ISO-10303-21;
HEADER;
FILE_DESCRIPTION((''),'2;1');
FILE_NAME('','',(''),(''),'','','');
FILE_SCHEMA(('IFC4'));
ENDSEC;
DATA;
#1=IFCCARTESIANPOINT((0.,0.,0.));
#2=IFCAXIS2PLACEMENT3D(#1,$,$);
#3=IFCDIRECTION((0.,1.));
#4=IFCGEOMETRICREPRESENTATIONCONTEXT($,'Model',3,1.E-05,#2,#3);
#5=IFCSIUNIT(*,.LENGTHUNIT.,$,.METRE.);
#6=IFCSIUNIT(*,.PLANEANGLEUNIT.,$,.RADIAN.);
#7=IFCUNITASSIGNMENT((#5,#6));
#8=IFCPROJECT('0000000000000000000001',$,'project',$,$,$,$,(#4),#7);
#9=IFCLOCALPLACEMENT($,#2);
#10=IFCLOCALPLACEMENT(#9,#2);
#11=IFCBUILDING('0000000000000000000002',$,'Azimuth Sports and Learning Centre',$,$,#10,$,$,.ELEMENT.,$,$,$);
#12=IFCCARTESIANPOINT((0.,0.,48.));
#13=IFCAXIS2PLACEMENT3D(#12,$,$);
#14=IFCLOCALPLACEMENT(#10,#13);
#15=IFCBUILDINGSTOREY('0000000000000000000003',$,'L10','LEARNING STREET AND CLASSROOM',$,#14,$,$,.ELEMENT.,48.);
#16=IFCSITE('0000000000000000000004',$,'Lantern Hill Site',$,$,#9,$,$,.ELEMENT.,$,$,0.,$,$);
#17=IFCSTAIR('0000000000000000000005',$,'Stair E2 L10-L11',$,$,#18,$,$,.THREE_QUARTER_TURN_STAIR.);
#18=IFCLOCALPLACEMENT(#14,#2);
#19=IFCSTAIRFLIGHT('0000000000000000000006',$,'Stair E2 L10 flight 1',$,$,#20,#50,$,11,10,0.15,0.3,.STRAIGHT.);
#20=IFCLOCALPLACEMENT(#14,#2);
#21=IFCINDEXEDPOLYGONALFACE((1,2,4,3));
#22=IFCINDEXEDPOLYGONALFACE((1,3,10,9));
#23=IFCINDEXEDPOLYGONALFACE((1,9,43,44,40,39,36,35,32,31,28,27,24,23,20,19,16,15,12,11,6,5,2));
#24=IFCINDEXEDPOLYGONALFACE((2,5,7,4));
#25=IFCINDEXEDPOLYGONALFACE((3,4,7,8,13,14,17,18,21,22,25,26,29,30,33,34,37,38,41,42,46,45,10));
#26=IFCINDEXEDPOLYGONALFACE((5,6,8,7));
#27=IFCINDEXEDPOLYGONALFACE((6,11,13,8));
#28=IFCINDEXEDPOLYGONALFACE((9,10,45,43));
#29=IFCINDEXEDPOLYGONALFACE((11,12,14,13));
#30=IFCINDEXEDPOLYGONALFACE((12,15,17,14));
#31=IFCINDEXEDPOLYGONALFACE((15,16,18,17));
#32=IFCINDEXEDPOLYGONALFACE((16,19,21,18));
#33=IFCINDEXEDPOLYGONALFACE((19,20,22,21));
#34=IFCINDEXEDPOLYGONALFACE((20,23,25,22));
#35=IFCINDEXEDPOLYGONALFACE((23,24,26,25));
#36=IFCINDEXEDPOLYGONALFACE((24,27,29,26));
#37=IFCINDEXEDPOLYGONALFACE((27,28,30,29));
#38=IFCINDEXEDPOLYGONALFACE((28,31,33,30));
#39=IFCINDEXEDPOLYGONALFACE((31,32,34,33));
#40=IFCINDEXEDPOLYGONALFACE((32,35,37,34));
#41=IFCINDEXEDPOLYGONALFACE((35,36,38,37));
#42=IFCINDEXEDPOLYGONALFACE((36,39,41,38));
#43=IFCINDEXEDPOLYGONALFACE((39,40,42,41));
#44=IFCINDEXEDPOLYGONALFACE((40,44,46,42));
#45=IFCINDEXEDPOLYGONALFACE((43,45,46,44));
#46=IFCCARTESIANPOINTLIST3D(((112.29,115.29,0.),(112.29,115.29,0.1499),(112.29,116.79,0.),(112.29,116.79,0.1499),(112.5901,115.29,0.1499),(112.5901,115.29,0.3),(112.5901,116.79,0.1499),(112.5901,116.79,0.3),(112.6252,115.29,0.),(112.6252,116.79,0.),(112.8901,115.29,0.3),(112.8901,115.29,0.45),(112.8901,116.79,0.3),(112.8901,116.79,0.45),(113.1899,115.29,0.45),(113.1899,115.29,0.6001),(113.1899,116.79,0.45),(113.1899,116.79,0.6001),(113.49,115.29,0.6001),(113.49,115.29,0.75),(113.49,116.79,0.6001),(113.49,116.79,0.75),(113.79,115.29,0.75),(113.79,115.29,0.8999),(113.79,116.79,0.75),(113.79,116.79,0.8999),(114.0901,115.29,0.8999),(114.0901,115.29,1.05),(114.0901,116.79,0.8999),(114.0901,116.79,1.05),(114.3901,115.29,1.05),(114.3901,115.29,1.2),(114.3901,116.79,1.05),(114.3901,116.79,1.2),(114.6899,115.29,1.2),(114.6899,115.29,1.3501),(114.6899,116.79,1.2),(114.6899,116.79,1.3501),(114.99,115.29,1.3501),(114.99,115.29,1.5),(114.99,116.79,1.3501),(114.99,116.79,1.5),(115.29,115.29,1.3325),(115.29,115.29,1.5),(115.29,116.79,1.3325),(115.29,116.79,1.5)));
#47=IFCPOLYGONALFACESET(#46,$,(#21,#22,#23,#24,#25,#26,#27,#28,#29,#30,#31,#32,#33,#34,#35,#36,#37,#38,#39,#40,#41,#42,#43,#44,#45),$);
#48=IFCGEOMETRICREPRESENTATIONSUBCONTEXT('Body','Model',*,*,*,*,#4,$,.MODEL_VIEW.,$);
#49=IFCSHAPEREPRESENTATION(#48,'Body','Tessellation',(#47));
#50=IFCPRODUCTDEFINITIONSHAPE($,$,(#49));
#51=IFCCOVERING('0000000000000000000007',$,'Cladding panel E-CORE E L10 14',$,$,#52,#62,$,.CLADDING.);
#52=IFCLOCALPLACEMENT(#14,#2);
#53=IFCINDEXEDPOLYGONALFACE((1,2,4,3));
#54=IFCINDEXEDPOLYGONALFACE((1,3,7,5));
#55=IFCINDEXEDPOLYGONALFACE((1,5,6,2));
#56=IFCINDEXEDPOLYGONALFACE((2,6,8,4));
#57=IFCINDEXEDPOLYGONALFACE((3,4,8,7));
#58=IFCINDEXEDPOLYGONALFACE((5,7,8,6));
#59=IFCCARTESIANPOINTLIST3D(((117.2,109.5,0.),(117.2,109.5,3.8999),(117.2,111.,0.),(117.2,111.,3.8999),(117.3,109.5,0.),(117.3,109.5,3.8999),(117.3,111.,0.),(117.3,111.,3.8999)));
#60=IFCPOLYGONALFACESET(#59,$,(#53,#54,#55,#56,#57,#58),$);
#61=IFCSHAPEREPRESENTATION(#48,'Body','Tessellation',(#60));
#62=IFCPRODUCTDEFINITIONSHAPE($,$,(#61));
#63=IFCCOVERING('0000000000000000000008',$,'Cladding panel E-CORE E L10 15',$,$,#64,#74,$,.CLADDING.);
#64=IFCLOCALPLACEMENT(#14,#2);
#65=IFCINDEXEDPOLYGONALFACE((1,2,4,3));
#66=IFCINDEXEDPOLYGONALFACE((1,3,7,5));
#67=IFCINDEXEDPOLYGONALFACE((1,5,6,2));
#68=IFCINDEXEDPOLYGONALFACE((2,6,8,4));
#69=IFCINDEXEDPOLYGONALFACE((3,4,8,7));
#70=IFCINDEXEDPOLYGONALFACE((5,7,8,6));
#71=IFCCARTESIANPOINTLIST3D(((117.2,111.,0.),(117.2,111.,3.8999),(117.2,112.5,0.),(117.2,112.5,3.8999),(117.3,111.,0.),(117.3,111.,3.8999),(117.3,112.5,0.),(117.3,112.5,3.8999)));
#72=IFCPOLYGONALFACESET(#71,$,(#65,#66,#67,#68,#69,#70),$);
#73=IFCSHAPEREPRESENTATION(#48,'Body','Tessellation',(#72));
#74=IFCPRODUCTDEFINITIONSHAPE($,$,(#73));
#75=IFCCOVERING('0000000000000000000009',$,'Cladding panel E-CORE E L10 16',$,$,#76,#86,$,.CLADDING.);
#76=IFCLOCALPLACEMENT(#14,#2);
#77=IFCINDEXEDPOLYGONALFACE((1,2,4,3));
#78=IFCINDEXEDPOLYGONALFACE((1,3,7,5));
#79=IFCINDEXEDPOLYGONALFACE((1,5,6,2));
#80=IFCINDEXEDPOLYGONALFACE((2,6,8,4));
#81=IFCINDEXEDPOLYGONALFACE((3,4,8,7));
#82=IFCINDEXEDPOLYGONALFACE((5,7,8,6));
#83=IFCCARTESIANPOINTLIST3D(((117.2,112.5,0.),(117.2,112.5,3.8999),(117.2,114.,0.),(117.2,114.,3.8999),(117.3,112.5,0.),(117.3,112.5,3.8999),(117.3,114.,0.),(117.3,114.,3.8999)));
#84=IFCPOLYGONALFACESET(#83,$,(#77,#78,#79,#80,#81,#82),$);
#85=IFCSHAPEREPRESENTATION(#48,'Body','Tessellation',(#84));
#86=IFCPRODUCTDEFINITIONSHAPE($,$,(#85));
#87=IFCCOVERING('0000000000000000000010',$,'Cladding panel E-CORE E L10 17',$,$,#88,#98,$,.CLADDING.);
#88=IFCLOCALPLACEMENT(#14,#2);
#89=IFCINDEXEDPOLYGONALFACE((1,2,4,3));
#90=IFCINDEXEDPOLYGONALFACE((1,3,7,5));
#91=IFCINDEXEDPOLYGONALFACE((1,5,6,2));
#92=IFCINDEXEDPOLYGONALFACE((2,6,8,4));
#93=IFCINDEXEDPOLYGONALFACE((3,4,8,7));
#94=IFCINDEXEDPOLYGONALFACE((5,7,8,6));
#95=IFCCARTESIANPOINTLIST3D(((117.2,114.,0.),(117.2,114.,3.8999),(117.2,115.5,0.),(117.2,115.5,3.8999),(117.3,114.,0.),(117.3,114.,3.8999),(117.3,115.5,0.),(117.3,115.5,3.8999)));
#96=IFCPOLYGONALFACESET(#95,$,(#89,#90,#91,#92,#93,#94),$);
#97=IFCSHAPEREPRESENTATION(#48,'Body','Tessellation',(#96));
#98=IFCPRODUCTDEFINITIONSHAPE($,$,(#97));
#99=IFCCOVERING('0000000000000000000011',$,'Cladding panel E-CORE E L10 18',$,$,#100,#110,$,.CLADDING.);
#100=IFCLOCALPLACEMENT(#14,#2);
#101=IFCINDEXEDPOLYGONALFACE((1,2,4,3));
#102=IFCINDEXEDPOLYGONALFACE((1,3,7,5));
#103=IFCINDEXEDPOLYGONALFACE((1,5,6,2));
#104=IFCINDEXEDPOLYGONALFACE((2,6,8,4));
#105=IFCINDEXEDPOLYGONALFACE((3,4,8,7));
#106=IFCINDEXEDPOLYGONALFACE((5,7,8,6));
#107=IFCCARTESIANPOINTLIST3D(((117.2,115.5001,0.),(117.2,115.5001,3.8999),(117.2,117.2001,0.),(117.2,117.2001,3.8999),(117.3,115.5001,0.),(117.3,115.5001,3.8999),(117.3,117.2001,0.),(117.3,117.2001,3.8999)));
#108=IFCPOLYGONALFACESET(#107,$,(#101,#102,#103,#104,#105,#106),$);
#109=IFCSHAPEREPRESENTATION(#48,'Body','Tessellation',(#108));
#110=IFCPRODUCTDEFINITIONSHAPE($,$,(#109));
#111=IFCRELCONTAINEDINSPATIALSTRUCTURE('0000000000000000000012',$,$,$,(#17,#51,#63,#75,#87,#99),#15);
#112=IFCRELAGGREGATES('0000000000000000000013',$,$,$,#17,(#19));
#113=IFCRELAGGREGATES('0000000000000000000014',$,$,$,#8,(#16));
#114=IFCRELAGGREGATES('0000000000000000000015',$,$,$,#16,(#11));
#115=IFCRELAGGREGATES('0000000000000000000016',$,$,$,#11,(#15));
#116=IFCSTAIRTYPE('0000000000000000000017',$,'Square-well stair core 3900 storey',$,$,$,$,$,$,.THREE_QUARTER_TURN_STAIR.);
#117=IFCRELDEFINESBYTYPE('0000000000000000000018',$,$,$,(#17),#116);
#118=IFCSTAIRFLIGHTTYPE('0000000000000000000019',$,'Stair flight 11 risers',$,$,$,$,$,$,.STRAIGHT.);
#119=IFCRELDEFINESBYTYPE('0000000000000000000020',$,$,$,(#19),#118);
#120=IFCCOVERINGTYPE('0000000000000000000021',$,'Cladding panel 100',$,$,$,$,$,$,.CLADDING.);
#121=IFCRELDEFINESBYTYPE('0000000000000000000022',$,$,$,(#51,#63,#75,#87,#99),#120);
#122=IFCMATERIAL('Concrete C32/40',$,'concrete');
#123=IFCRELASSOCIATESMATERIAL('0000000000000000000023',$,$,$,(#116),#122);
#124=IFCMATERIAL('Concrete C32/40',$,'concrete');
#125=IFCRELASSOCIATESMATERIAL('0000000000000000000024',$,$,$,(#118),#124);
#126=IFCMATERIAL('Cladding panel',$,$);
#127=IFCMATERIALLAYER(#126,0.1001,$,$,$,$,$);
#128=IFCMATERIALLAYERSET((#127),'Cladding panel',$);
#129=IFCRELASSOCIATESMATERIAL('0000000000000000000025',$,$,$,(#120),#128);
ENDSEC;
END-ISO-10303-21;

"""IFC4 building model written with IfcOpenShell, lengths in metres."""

from ifc_helpers import new_model, si_unit, direction, frame, origin, origin_2d, place, context, subcontext, project, spatial, polyline, rectangle, outline, extrude, material, layer, layer_set, type_object, element, aggregate, save


model = new_model("IFC4")

# Units and contexts
model_context = context("Model", 3, precision=1e-05, world=origin(), true_north=direction((0.0, 1.0)))
body_context = subcontext(model_context, "Body", "Model", "MODEL_VIEW")
ifc_project = project(units=[si_unit("LENGTHUNIT", "METRE"), si_unit("PLANEANGLEUNIT", "RADIAN")], contexts=[model_context])

# Site, building, storey
site_placement = place(None, origin())
site = spatial("IfcSite", under=ifc_project, at=site_placement, Name="Lantern Hill Site", CompositionType="ELEMENT", RefElevation=0.0)
building_placement = place(site_placement, origin())
building = spatial("IfcBuilding", under=site, at=building_placement, Name="Azimuth Sports and Learning Centre", CompositionType="ELEMENT")
storey_placement = place(building_placement, frame((0.0, 0.0, 48.0)))
storey = spatial("IfcBuildingStorey", under=building, at=storey_placement, Name="L10", Description="LEARNING STREET AND CLASSROOM", CompositionType="ELEMENT", Elevation=48.0)

# Stair, stair flight
ifc_material_1 = material(Name="Concrete C32/40", Category="concrete")
stair_type = type_object("IfcStairType", Name="Square-well stair core 3900 storey", PredefinedType="THREE_QUARTER_TURN_STAIR", material=ifc_material_1)
stair_placement = place(storey_placement, origin())
stair = element("IfcStair", 1, at=stair_placement, inside=storey, type_object=stair_type, Name="Stair E2 L10-L11", PredefinedType="THREE_QUARTER_TURN_STAIR")
ifc_material_2 = material(Name="Concrete C32/40", Category="concrete")
stair_flight_type = type_object("IfcStairFlightType", Name="Stair flight 11 risers", PredefinedType="STRAIGHT", material=ifc_material_2)
stair_flight_placement = place(storey_placement, frame((112.29, 116.04, 0.0), z_axis=(0.0, 0.0, 1.0), x_axis=(1.0, 0.0, 0.0)))
stair_flight = element("IfcStairFlight", 2, at=stair_flight_placement, type_object=stair_flight_type, Name="Stair E2 L10 flight 1", NumberOfRisers=11, NumberOfTreads=10, PredefinedType="STRAIGHT", RiserHeight=0.15, TreadLength=0.3, context=body_context, shape_type="SweptSolid", body=[
    extrude(outline(polyline([(0.0, 0.0), (0.0, 0.1499), (0.3, 0.1499), (0.3, 0.3), (0.6001, 0.3), (0.6001, 0.45), (0.8999, 0.45), (0.8999, 0.6001), (1.2, 0.6001), (1.2, 0.75), (1.5, 0.75), (1.5, 0.8999), (1.8, 0.8999), (1.8, 1.05), (2.1001, 1.05), (2.1001, 1.2), (2.3999, 1.2), (2.3999, 1.3501), (2.7, 1.3501), (2.7, 1.5), (3.0, 1.5), (3.0, 1.6499), (3.0, 1.3325), (0.3352, 0.0), (0.0, 0.0)])), frame((0.0, 0.75, 0.0), z_axis=(0.0, -1.0, 0.0), x_axis=(1.0, 0.0, 0.0)), (0.0, 0.0, 1.0), 1.5),
])
aggregate(stair, [stair_flight])

# Coverings
ifc_material_3 = material(Name="Cladding panel")
ifc_layer_1 = layer(ifc_material_3, 0.1001)
ifc_layer_set_1 = layer_set([ifc_layer_1], Name="Cladding panel")
covering_type = type_object("IfcCoveringType", Name="Cladding panel 100", PredefinedType="CLADDING", material=ifc_layer_set_1)
for number, where, z_axis, x_axis, name in (
    (3, (117.25, 110.25, 0.0), (0.0, 0.0, 1.0), (0.0, 1.0, 0.0), "Cladding panel E-CORE E L10 14"),
    (4, (117.25, 111.75, 0.0), (0.0, 0.0, 1.0), (0.0, 1.0, 0.0), "Cladding panel E-CORE E L10 15"),
    (5, (117.25, 113.25, 0.0), (0.0, 0.0, 1.0), (0.0, 1.0, 0.0), "Cladding panel E-CORE E L10 16"),
    (6, (117.25, 114.75, 0.0), (0.0, 0.0, 1.0), (0.0, 1.0, 0.0), "Cladding panel E-CORE E L10 17"),
):
    element("IfcCovering", number, at=place(storey_placement, frame(where, z_axis=z_axis, x_axis=x_axis)), inside=storey, type_object=covering_type, Name=name, PredefinedType="CLADDING", context=body_context, shape_type="SweptSolid", body=[
        extrude(rectangle(XDim=1.5, YDim=0.1001, at=origin_2d()), origin(), (0.0, 0.0, 1.0), 3.8999),
    ])
covering_placement = place(storey_placement, frame((117.25, 116.3501, 0.0), z_axis=(0.0, 0.0, 1.0), x_axis=(0.0, 1.0, 0.0)))
element("IfcCovering", 7, at=covering_placement, inside=storey, type_object=covering_type, Name="Cladding panel E-CORE E L10 18", PredefinedType="CLADDING", context=body_context, shape_type="SweptSolid", body=[
    extrude(rectangle(XDim=1.7, YDim=0.1001, at=origin_2d()), origin(), (0.0, 0.0, 1.0), 3.8999),
])

save(model, "model.ifc")
